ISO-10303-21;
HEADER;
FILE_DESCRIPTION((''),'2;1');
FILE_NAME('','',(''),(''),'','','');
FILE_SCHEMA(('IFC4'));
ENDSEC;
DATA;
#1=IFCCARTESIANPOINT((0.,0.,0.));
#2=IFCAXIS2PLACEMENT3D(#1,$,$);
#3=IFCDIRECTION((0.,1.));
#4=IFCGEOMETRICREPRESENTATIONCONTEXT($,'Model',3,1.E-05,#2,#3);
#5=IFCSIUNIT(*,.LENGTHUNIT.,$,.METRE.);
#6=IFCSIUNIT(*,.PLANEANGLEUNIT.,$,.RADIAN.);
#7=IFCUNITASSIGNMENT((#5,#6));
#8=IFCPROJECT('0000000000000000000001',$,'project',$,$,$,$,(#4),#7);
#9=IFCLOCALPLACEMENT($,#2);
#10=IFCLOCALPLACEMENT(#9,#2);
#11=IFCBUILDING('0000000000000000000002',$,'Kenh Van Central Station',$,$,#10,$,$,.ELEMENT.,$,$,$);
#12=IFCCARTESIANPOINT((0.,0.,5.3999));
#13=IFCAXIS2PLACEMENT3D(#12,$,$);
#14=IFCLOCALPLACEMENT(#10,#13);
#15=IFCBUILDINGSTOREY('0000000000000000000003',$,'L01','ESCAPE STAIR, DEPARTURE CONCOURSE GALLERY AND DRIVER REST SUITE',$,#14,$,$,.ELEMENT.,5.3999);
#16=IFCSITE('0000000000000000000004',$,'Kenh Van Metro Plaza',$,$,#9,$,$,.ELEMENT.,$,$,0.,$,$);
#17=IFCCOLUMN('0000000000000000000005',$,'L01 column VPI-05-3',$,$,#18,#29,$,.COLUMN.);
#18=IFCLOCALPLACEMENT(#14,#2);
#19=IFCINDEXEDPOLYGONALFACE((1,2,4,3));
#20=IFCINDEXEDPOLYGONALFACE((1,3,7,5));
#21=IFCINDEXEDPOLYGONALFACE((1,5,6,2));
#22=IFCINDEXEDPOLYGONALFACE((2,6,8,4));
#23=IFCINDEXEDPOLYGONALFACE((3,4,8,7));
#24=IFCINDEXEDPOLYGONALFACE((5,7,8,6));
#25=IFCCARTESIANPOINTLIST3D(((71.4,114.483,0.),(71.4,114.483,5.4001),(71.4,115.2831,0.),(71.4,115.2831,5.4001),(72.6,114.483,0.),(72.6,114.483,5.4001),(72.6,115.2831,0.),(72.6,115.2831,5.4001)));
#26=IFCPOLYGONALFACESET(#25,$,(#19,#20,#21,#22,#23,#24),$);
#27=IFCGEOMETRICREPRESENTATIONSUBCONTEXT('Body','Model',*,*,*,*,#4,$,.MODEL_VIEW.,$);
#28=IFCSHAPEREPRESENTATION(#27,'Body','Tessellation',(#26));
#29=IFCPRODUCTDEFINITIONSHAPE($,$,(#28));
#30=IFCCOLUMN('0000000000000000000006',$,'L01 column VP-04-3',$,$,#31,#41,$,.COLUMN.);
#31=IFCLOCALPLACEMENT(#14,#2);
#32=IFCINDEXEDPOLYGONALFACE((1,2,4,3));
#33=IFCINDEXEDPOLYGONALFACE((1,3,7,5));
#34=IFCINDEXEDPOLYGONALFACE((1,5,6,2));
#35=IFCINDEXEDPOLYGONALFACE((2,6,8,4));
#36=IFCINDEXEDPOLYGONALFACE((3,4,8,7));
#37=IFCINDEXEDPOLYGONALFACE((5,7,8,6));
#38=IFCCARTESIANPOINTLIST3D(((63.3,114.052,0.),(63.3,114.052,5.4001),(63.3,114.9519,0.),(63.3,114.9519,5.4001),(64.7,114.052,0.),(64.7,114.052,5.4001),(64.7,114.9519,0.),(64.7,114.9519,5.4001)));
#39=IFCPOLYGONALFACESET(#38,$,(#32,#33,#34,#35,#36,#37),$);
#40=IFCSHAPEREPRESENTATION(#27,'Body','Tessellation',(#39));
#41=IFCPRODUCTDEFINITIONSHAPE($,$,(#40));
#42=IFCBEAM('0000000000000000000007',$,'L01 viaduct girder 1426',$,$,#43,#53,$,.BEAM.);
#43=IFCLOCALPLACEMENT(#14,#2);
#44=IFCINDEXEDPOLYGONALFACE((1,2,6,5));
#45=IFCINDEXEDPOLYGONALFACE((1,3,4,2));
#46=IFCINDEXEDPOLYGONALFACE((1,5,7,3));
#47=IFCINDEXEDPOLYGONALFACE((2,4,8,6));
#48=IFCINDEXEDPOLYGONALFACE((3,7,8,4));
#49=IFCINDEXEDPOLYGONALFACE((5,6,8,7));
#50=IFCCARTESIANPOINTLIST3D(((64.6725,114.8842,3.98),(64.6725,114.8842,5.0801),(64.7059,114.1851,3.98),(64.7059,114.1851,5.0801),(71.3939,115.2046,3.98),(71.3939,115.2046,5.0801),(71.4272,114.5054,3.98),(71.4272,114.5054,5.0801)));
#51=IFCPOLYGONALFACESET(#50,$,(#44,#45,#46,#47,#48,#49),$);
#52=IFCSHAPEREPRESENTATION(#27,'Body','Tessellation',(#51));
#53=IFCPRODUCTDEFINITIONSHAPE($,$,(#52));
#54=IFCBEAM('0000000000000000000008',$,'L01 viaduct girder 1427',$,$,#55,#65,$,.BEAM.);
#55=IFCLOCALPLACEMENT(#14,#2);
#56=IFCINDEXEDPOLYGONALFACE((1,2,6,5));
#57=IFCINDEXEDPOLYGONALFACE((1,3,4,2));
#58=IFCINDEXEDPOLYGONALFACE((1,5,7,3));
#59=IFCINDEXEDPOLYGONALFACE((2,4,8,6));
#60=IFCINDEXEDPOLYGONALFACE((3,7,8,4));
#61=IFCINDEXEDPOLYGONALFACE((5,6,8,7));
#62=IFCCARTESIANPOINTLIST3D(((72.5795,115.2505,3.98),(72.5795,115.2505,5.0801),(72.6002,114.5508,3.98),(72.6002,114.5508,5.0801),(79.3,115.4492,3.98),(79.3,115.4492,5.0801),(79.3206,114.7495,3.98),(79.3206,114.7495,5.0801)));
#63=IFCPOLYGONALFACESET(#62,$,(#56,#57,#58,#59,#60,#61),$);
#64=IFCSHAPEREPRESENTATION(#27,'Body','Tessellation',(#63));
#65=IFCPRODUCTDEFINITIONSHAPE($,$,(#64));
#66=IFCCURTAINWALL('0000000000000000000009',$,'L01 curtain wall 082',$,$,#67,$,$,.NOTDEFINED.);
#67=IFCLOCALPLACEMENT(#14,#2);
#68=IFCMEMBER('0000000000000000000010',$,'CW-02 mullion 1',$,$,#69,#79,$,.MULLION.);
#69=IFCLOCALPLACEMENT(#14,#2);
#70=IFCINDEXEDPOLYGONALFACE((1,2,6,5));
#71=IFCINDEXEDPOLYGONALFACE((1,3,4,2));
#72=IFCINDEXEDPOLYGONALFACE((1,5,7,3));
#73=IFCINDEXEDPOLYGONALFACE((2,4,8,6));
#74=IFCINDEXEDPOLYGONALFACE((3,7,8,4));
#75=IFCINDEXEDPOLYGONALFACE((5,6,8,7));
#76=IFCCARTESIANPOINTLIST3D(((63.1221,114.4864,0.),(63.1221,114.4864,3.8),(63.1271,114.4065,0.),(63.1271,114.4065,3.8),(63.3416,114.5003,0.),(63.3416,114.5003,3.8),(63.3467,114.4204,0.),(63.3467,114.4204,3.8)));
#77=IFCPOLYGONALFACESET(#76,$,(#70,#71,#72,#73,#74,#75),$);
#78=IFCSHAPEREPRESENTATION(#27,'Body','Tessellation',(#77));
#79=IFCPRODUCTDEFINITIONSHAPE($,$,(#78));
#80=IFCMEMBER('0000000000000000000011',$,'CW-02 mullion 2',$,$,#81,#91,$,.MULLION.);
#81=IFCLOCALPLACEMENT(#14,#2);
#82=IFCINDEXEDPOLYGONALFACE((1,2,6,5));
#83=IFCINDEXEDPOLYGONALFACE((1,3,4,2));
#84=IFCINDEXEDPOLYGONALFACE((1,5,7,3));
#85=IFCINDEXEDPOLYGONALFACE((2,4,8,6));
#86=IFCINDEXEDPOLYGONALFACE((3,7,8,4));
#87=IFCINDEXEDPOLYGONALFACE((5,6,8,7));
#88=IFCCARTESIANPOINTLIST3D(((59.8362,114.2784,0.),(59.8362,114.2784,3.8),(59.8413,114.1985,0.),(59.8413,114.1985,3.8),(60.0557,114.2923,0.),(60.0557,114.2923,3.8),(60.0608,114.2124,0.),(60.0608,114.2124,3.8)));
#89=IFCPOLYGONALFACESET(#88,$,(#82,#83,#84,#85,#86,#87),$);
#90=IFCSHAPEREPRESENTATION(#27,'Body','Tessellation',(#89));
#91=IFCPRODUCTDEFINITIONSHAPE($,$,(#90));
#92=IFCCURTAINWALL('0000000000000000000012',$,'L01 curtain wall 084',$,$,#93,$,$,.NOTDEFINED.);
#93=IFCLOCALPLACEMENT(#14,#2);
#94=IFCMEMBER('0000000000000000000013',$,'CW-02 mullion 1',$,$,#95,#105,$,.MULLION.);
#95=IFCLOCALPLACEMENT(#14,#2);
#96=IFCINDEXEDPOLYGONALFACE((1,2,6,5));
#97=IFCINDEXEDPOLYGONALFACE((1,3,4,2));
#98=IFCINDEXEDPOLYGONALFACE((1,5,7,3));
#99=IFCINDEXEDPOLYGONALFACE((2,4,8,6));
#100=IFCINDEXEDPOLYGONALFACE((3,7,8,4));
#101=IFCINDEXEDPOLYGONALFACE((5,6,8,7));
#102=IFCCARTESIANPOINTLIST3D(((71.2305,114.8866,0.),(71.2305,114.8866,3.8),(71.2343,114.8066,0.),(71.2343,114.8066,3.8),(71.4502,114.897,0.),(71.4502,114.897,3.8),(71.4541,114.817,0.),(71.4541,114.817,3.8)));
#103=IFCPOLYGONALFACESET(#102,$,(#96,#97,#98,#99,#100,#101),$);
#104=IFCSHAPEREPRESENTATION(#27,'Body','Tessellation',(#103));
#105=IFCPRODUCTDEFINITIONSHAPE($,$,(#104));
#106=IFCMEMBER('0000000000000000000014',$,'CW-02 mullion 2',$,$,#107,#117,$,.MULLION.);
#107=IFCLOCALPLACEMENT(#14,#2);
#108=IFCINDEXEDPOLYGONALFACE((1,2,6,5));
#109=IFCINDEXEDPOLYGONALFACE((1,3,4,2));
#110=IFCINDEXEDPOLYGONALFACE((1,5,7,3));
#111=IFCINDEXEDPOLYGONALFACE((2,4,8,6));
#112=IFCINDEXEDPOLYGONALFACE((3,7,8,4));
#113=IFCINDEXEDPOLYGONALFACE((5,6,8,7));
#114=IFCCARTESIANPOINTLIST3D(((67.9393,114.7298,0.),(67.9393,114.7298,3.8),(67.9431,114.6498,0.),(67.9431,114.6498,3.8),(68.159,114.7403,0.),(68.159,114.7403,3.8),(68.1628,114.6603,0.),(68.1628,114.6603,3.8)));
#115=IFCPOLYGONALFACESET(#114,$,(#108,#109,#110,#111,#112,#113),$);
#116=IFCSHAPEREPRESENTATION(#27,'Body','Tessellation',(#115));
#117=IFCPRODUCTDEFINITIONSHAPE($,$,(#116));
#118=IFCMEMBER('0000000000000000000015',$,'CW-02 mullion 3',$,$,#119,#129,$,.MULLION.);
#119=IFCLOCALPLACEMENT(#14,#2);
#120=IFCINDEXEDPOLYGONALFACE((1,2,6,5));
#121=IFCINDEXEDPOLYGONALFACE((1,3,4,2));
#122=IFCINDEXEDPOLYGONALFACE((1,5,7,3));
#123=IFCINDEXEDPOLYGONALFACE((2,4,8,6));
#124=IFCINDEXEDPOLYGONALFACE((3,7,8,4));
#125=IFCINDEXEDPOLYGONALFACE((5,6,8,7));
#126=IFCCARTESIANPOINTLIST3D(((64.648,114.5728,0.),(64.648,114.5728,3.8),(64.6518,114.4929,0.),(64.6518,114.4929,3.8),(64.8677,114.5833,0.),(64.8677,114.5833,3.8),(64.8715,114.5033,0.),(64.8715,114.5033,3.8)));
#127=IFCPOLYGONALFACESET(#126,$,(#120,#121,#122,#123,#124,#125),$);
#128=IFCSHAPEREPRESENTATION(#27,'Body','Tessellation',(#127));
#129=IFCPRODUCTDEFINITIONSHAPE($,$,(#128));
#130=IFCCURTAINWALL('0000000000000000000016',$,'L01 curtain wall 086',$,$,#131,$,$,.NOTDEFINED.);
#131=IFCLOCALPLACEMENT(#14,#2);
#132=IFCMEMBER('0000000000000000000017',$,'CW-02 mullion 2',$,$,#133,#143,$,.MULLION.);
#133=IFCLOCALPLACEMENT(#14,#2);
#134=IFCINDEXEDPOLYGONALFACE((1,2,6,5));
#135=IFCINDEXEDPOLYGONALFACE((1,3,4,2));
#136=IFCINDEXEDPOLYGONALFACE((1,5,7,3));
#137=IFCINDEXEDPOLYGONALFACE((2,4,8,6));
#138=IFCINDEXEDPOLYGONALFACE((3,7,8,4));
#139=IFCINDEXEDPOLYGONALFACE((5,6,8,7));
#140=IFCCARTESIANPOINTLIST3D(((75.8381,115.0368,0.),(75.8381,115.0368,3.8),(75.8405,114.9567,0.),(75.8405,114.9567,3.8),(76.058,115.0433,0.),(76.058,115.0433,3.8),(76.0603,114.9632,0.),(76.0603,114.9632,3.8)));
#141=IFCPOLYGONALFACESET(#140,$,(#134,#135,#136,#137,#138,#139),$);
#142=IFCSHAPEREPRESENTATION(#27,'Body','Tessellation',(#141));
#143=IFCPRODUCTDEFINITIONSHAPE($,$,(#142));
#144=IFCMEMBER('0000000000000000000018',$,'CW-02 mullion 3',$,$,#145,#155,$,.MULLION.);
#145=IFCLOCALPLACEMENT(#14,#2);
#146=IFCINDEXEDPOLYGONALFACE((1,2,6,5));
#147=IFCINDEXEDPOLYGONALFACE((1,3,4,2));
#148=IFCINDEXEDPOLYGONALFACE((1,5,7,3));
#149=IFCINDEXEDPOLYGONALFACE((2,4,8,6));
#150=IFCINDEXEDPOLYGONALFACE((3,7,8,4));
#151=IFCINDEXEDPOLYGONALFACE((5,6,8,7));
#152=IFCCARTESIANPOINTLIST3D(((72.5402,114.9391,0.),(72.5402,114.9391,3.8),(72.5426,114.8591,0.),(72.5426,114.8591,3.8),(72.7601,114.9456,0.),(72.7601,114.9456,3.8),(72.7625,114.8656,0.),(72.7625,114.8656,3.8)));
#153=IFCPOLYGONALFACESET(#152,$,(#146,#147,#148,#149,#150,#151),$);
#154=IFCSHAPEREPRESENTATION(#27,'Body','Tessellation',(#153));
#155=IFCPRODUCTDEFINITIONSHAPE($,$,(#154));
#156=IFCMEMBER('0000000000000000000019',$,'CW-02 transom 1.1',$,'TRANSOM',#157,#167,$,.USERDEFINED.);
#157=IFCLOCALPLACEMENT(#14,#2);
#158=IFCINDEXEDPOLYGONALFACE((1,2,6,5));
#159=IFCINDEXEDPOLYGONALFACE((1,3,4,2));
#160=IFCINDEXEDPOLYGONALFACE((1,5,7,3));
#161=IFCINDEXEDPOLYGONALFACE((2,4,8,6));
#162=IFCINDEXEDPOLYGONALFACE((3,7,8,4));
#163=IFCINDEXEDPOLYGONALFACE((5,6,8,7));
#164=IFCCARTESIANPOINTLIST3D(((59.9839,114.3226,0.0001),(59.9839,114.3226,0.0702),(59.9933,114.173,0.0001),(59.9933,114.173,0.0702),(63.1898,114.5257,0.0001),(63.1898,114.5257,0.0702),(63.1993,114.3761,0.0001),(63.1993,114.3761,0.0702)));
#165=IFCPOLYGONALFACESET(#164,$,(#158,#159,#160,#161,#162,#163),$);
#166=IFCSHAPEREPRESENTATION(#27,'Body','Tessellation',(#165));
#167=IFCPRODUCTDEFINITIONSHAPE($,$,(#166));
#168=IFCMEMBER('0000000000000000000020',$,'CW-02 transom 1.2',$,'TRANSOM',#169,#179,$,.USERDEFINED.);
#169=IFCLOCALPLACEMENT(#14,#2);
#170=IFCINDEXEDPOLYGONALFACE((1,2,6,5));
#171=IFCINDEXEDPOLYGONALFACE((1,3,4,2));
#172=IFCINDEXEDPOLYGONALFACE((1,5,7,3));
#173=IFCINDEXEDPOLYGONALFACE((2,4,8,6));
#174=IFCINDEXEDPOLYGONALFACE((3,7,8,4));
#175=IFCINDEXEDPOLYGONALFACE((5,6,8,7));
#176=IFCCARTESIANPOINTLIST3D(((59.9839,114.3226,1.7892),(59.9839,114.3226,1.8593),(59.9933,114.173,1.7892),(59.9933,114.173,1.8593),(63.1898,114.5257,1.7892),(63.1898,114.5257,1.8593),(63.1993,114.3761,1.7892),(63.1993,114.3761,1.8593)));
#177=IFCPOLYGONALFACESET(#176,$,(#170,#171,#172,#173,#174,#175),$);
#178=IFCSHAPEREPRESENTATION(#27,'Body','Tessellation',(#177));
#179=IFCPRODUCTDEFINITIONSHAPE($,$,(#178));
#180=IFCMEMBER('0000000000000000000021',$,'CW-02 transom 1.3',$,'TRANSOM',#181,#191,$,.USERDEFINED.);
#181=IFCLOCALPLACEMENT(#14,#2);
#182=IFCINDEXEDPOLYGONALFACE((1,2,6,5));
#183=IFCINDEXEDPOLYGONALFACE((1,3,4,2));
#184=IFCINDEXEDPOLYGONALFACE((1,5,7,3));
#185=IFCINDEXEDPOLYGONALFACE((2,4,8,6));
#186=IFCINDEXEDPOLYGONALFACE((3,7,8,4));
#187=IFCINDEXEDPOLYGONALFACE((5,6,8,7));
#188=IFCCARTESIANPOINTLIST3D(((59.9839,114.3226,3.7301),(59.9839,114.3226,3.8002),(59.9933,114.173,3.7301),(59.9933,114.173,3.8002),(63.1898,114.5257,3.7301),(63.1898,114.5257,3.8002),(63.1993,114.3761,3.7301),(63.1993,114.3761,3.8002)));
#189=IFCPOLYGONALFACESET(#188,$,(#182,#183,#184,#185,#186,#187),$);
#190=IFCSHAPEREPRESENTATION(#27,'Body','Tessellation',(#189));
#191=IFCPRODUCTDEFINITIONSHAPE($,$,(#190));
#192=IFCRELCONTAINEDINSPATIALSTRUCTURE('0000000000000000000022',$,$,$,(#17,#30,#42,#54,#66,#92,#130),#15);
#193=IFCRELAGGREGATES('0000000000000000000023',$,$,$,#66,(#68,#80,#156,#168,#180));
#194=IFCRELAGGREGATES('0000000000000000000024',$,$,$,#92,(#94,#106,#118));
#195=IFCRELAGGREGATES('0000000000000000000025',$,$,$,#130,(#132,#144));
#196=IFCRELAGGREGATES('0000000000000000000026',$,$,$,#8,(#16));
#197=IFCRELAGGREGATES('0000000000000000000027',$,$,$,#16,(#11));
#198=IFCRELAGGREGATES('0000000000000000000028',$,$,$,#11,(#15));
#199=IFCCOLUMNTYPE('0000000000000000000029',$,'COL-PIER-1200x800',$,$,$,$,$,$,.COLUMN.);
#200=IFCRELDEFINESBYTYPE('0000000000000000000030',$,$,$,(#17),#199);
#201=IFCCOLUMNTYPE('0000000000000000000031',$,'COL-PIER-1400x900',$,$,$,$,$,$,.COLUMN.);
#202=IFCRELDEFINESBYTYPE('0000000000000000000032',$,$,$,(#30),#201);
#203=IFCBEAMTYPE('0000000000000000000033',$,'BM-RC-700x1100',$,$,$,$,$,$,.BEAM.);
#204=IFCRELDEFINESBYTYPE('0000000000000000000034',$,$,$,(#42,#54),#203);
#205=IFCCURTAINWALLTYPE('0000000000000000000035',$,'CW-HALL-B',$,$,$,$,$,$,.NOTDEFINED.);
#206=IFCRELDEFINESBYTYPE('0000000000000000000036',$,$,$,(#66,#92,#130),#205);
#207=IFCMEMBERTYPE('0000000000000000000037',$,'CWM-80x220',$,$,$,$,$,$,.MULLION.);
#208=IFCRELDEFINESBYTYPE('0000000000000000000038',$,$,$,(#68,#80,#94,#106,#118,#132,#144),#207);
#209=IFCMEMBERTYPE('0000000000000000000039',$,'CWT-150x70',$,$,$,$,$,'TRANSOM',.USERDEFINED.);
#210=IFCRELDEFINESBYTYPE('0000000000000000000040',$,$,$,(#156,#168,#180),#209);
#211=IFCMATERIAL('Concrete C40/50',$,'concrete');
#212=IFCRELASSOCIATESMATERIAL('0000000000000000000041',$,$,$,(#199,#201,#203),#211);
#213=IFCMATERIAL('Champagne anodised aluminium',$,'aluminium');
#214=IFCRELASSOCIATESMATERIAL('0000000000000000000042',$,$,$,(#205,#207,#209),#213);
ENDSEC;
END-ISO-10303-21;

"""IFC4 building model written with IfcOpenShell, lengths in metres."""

from ifc_helpers import new_model, si_unit, direction, frame, origin, origin_2d, place, context, subcontext, project, spatial, rectangle, extrude, material, material_profile, profile_set, type_object, element, aggregate, save


model = new_model("IFC4")

# Units and contexts
model_context = context("Model", 3, precision=1e-05, world=origin(), true_north=direction((0.0, 1.0)))
body_context = subcontext(model_context, "Body", "Model", "MODEL_VIEW")
ifc_project = project(units=[si_unit("LENGTHUNIT", "METRE"), si_unit("PLANEANGLEUNIT", "RADIAN")], contexts=[model_context])

# Site, building, storey
site_placement = place(None, origin())
site = spatial("IfcSite", under=ifc_project, at=site_placement, Name="Kenh Van Metro Plaza", CompositionType="ELEMENT", RefElevation=0.0)
building_placement = place(site_placement, origin())
building = spatial("IfcBuilding", under=site, at=building_placement, Name="Kenh Van Central Station", CompositionType="ELEMENT")
storey_placement = place(building_placement, frame((0.0, 0.0, 5.3999)))
storey = spatial("IfcBuildingStorey", under=building, at=storey_placement, Name="L01", Description="ESCAPE STAIR, DEPARTURE CONCOURSE GALLERY AND DRIVER REST SUITE", CompositionType="ELEMENT", Elevation=5.3999)

# Columns
ifc_material_1 = material(Name="Concrete C40/50", Category="concrete")
ifc_material_profile_1 = material_profile(ifc_material_1, rectangle(XDim=1.2, YDim=0.8, at=origin_2d()), Name="RC 1200x800")
ifc_profile_set_1 = profile_set([ifc_material_profile_1], Name="Concrete C40/50")
column_type_1 = type_object("IfcColumnType", Name="COL-PIER-1200x800", PredefinedType="COLUMN", material=ifc_profile_set_1)
column_1_placement = place(storey_placement, frame((72.0, 114.8831, 0.0), z_axis=(0.0, 0.0, 1.0), x_axis=(1.0, 0.0, 0.0)))
element("IfcColumn", 1, at=column_1_placement, inside=storey, type_object=column_type_1, Name="L01 column VPI-05-3", PredefinedType="COLUMN", context=body_context, shape_type="SweptSolid", body=[
    extrude(rectangle(XDim=1.2, YDim=0.8, at=origin_2d()), origin(), (0.0, 0.0, 1.0), 5.4001),
])
ifc_material_profile_2 = material_profile(ifc_material_1, rectangle(XDim=1.3999, YDim=0.8999, at=origin_2d()), Name="RC 1400x900")
ifc_profile_set_2 = profile_set([ifc_material_profile_2], Name="Concrete C40/50")
column_type_2 = type_object("IfcColumnType", Name="COL-PIER-1400x900", PredefinedType="COLUMN", material=ifc_profile_set_2)
column_2_placement = place(storey_placement, frame((64.0, 114.502, 0.0), z_axis=(0.0, 0.0, 1.0), x_axis=(1.0, 0.0, 0.0)))
element("IfcColumn", 2, at=column_2_placement, inside=storey, type_object=column_type_2, Name="L01 column VP-04-3", PredefinedType="COLUMN", context=body_context, shape_type="SweptSolid", body=[
    extrude(rectangle(XDim=1.3999, YDim=0.8999, at=origin_2d()), origin(), (0.0, 0.0, 1.0), 5.4001),
])

# Beams
ifc_material_profile_3 = material_profile(ifc_material_1, rectangle(XDim=0.7, YDim=1.1001, at=origin_2d()), Name="RC 700x1100")
ifc_profile_set_3 = profile_set([ifc_material_profile_3], Name="Concrete C40/50")
beam_type = type_object("IfcBeamType", Name="BM-RC-700x1100", PredefinedType="BEAM", material=ifc_profile_set_3)
beam_1_placement = place(storey_placement, frame((64.6892, 114.5347, 4.53), z_axis=(0.998866, 0.047601, 0.0), x_axis=(-0.047601, 0.998866, 0.0)))
element("IfcBeam", 3, at=beam_1_placement, inside=storey, type_object=beam_type, Name="L01 viaduct girder 1426", PredefinedType="BEAM", context=body_context, shape_type="SweptSolid", body=[
    extrude(rectangle(XDim=0.7, YDim=1.1001, at=origin_2d()), origin(), (0.0, 0.0, 1.0), 6.729),
])
beam_2_placement = place(storey_placement, frame((72.5898, 114.9006, 4.53), z_axis=(0.999563, 0.029558, 0.0), x_axis=(-0.029558, 0.999563, 0.0)))
element("IfcBeam", 4, at=beam_2_placement, inside=storey, type_object=beam_type, Name="L01 viaduct girder 1427", PredefinedType="BEAM", context=body_context, shape_type="SweptSolid", body=[
    extrude(rectangle(XDim=0.7, YDim=1.1001, at=origin_2d()), origin(), (0.0, 0.0, 1.0), 6.7234),
])

# Curtain walls, members
ifc_material_2 = material(Name="Champagne anodised aluminium", Category="aluminium")
curtain_wall_type = type_object("IfcCurtainWallType", Name="CW-HALL-B", PredefinedType="NOTDEFINED", material=ifc_material_2)
curtain_wall_1_placement = place(storey_placement, origin())
curtain_wall_1 = element("IfcCurtainWall", 5, at=curtain_wall_1_placement, inside=storey, type_object=curtain_wall_type, Name="L01 curtain wall 082", PredefinedType="NOTDEFINED")
ifc_material_profile_4 = material_profile(ifc_material_2, rectangle(XDim=0.0801, YDim=0.22, at=origin_2d()), Name="AL 80x220")
ifc_profile_set_4 = profile_set([ifc_material_profile_4], Name="Champagne anodised aluminium")
member_type_1 = type_object("IfcMemberType", Name="CWM-80x220", PredefinedType="MULLION", material=ifc_profile_set_4)
member_1_placement = place(storey_placement, frame((63.2344, 114.4534, 0.0), z_axis=(0.0, 0.0, 1.0), x_axis=(0.063211, -0.998, 0.0)))
member_1 = element("IfcMember", 6, at=member_1_placement, type_object=member_type_1, Name="CW-02 mullion 1", PredefinedType="MULLION", context=body_context, shape_type="SweptSolid", body=[
    extrude(rectangle(XDim=0.0801, YDim=0.22, at=origin_2d()), origin(), (0.0, 0.0, 1.0), 3.8),
])
member_2_placement = place(storey_placement, frame((59.9485, 114.2454, 0.0), z_axis=(0.0, 0.0, 1.0), x_axis=(0.063211, -0.998, 0.0)))
member_2 = element("IfcMember", 7, at=member_2_placement, type_object=member_type_1, Name="CW-02 mullion 2", PredefinedType="MULLION", context=body_context, shape_type="SweptSolid", body=[
    extrude(rectangle(XDim=0.0801, YDim=0.22, at=origin_2d()), origin(), (0.0, 0.0, 1.0), 3.8),
])
curtain_wall_2_placement = place(storey_placement, origin())
curtain_wall_2 = element("IfcCurtainWall", 8, at=curtain_wall_2_placement, inside=storey, type_object=curtain_wall_type, Name="L01 curtain wall 084", PredefinedType="NOTDEFINED")
member_3_placement = place(storey_placement, frame((71.3423, 114.8518, 0.0), z_axis=(0.0, 0.0, 1.0), x_axis=(0.047601, -0.998866, 0.0)))
member_3 = element("IfcMember", 9, at=member_3_placement, type_object=member_type_1, Name="CW-02 mullion 1", PredefinedType="MULLION", context=body_context, shape_type="SweptSolid", body=[
    extrude(rectangle(XDim=0.0801, YDim=0.22, at=origin_2d()), origin(), (0.0, 0.0, 1.0), 3.8),
])
member_4_placement = place(storey_placement, frame((68.051, 114.6951, 0.0), z_axis=(0.0, 0.0, 1.0), x_axis=(0.047601, -0.998866, 0.0)))
member_4 = element("IfcMember", 10, at=member_4_placement, type_object=member_type_1, Name="CW-02 mullion 2", PredefinedType="MULLION", context=body_context, shape_type="SweptSolid", body=[
    extrude(rectangle(XDim=0.0801, YDim=0.22, at=origin_2d()), origin(), (0.0, 0.0, 1.0), 3.8),
])
member_5_placement = place(storey_placement, frame((64.7598, 114.5381, 0.0), z_axis=(0.0, 0.0, 1.0), x_axis=(0.047601, -0.998866, 0.0)))
member_5 = element("IfcMember", 11, at=member_5_placement, type_object=member_type_1, Name="CW-02 mullion 3", PredefinedType="MULLION", context=body_context, shape_type="SweptSolid", body=[
    extrude(rectangle(XDim=0.0801, YDim=0.22, at=origin_2d()), origin(), (0.0, 0.0, 1.0), 3.8),
])
curtain_wall_3_placement = place(storey_placement, origin())
curtain_wall_3 = element("IfcCurtainWall", 12, at=curtain_wall_3_placement, inside=storey, type_object=curtain_wall_type, Name="L01 curtain wall 086", PredefinedType="NOTDEFINED")
member_6_placement = place(storey_placement, frame((75.9492, 115.0, 0.0), z_axis=(0.0, 0.0, 1.0), x_axis=(0.029571, -0.999563, 0.0)))
member_6 = element("IfcMember", 13, at=member_6_placement, type_object=member_type_1, Name="CW-02 mullion 2", PredefinedType="MULLION", context=body_context, shape_type="SweptSolid", body=[
    extrude(rectangle(XDim=0.0801, YDim=0.22, at=origin_2d()), origin(), (0.0, 0.0, 1.0), 3.8),
])
member_7_placement = place(storey_placement, frame((72.6514, 114.9023, 0.0), z_axis=(0.0, 0.0, 1.0), x_axis=(0.029571, -0.999563, 0.0)))
member_7 = element("IfcMember", 14, at=member_7_placement, type_object=member_type_1, Name="CW-02 mullion 3", PredefinedType="MULLION", context=body_context, shape_type="SweptSolid", body=[
    extrude(rectangle(XDim=0.0801, YDim=0.22, at=origin_2d()), origin(), (0.0, 0.0, 1.0), 3.8),
])

# Members
ifc_material_profile_5 = material_profile(ifc_material_2, rectangle(XDim=0.1499, YDim=0.0701, at=origin_2d()), Name="AL 150x70")
ifc_profile_set_5 = profile_set([ifc_material_profile_5], Name="Champagne anodised aluminium")
member_type_2 = type_object("IfcMemberType", Name="CWT-150x70", ElementType="TRANSOM", PredefinedType="USERDEFINED", material=ifc_profile_set_5)
member_8_placement = place(storey_placement, frame((63.1946, 114.4509, 0.0352), z_axis=(-0.997999, -0.06323, 0.0), x_axis=(0.06323, -0.997999, 0.0)))
member_8 = element("IfcMember", 15, at=member_8_placement, type_object=member_type_2, Name="CW-02 transom 1.1", ObjectType="TRANSOM", PredefinedType="USERDEFINED", context=body_context, shape_type="SweptSolid", body=[
    extrude(rectangle(XDim=0.1499, YDim=0.0701, at=origin_2d()), origin(), (0.0, 0.0, 1.0), 3.2124),
])
member_9_placement = place(storey_placement, frame((63.1946, 114.4509, 1.8242), z_axis=(-0.997999, -0.06323, 0.0), x_axis=(0.06323, -0.997999, 0.0)))
member_9 = element("IfcMember", 16, at=member_9_placement, type_object=member_type_2, Name="CW-02 transom 1.2", ObjectType="TRANSOM", PredefinedType="USERDEFINED", context=body_context, shape_type="SweptSolid", body=[
    extrude(rectangle(XDim=0.1499, YDim=0.0701, at=origin_2d()), origin(), (0.0, 0.0, 1.0), 3.2124),
])
member_10_placement = place(storey_placement, frame((63.1946, 114.4509, 3.7651), z_axis=(-0.997999, -0.06323, 0.0), x_axis=(0.06323, -0.997999, 0.0)))
member_10 = element("IfcMember", 17, at=member_10_placement, type_object=member_type_2, Name="CW-02 transom 1.3", ObjectType="TRANSOM", PredefinedType="USERDEFINED", context=body_context, shape_type="SweptSolid", body=[
    extrude(rectangle(XDim=0.1499, YDim=0.0701, at=origin_2d()), origin(), (0.0, 0.0, 1.0), 3.2124),
])

aggregate(curtain_wall_1, [member_1, member_2, member_8, member_9, member_10])
aggregate(curtain_wall_2, [member_3, member_4, member_5])
aggregate(curtain_wall_3, [member_6, member_7])

save(model, "model.ifc")
